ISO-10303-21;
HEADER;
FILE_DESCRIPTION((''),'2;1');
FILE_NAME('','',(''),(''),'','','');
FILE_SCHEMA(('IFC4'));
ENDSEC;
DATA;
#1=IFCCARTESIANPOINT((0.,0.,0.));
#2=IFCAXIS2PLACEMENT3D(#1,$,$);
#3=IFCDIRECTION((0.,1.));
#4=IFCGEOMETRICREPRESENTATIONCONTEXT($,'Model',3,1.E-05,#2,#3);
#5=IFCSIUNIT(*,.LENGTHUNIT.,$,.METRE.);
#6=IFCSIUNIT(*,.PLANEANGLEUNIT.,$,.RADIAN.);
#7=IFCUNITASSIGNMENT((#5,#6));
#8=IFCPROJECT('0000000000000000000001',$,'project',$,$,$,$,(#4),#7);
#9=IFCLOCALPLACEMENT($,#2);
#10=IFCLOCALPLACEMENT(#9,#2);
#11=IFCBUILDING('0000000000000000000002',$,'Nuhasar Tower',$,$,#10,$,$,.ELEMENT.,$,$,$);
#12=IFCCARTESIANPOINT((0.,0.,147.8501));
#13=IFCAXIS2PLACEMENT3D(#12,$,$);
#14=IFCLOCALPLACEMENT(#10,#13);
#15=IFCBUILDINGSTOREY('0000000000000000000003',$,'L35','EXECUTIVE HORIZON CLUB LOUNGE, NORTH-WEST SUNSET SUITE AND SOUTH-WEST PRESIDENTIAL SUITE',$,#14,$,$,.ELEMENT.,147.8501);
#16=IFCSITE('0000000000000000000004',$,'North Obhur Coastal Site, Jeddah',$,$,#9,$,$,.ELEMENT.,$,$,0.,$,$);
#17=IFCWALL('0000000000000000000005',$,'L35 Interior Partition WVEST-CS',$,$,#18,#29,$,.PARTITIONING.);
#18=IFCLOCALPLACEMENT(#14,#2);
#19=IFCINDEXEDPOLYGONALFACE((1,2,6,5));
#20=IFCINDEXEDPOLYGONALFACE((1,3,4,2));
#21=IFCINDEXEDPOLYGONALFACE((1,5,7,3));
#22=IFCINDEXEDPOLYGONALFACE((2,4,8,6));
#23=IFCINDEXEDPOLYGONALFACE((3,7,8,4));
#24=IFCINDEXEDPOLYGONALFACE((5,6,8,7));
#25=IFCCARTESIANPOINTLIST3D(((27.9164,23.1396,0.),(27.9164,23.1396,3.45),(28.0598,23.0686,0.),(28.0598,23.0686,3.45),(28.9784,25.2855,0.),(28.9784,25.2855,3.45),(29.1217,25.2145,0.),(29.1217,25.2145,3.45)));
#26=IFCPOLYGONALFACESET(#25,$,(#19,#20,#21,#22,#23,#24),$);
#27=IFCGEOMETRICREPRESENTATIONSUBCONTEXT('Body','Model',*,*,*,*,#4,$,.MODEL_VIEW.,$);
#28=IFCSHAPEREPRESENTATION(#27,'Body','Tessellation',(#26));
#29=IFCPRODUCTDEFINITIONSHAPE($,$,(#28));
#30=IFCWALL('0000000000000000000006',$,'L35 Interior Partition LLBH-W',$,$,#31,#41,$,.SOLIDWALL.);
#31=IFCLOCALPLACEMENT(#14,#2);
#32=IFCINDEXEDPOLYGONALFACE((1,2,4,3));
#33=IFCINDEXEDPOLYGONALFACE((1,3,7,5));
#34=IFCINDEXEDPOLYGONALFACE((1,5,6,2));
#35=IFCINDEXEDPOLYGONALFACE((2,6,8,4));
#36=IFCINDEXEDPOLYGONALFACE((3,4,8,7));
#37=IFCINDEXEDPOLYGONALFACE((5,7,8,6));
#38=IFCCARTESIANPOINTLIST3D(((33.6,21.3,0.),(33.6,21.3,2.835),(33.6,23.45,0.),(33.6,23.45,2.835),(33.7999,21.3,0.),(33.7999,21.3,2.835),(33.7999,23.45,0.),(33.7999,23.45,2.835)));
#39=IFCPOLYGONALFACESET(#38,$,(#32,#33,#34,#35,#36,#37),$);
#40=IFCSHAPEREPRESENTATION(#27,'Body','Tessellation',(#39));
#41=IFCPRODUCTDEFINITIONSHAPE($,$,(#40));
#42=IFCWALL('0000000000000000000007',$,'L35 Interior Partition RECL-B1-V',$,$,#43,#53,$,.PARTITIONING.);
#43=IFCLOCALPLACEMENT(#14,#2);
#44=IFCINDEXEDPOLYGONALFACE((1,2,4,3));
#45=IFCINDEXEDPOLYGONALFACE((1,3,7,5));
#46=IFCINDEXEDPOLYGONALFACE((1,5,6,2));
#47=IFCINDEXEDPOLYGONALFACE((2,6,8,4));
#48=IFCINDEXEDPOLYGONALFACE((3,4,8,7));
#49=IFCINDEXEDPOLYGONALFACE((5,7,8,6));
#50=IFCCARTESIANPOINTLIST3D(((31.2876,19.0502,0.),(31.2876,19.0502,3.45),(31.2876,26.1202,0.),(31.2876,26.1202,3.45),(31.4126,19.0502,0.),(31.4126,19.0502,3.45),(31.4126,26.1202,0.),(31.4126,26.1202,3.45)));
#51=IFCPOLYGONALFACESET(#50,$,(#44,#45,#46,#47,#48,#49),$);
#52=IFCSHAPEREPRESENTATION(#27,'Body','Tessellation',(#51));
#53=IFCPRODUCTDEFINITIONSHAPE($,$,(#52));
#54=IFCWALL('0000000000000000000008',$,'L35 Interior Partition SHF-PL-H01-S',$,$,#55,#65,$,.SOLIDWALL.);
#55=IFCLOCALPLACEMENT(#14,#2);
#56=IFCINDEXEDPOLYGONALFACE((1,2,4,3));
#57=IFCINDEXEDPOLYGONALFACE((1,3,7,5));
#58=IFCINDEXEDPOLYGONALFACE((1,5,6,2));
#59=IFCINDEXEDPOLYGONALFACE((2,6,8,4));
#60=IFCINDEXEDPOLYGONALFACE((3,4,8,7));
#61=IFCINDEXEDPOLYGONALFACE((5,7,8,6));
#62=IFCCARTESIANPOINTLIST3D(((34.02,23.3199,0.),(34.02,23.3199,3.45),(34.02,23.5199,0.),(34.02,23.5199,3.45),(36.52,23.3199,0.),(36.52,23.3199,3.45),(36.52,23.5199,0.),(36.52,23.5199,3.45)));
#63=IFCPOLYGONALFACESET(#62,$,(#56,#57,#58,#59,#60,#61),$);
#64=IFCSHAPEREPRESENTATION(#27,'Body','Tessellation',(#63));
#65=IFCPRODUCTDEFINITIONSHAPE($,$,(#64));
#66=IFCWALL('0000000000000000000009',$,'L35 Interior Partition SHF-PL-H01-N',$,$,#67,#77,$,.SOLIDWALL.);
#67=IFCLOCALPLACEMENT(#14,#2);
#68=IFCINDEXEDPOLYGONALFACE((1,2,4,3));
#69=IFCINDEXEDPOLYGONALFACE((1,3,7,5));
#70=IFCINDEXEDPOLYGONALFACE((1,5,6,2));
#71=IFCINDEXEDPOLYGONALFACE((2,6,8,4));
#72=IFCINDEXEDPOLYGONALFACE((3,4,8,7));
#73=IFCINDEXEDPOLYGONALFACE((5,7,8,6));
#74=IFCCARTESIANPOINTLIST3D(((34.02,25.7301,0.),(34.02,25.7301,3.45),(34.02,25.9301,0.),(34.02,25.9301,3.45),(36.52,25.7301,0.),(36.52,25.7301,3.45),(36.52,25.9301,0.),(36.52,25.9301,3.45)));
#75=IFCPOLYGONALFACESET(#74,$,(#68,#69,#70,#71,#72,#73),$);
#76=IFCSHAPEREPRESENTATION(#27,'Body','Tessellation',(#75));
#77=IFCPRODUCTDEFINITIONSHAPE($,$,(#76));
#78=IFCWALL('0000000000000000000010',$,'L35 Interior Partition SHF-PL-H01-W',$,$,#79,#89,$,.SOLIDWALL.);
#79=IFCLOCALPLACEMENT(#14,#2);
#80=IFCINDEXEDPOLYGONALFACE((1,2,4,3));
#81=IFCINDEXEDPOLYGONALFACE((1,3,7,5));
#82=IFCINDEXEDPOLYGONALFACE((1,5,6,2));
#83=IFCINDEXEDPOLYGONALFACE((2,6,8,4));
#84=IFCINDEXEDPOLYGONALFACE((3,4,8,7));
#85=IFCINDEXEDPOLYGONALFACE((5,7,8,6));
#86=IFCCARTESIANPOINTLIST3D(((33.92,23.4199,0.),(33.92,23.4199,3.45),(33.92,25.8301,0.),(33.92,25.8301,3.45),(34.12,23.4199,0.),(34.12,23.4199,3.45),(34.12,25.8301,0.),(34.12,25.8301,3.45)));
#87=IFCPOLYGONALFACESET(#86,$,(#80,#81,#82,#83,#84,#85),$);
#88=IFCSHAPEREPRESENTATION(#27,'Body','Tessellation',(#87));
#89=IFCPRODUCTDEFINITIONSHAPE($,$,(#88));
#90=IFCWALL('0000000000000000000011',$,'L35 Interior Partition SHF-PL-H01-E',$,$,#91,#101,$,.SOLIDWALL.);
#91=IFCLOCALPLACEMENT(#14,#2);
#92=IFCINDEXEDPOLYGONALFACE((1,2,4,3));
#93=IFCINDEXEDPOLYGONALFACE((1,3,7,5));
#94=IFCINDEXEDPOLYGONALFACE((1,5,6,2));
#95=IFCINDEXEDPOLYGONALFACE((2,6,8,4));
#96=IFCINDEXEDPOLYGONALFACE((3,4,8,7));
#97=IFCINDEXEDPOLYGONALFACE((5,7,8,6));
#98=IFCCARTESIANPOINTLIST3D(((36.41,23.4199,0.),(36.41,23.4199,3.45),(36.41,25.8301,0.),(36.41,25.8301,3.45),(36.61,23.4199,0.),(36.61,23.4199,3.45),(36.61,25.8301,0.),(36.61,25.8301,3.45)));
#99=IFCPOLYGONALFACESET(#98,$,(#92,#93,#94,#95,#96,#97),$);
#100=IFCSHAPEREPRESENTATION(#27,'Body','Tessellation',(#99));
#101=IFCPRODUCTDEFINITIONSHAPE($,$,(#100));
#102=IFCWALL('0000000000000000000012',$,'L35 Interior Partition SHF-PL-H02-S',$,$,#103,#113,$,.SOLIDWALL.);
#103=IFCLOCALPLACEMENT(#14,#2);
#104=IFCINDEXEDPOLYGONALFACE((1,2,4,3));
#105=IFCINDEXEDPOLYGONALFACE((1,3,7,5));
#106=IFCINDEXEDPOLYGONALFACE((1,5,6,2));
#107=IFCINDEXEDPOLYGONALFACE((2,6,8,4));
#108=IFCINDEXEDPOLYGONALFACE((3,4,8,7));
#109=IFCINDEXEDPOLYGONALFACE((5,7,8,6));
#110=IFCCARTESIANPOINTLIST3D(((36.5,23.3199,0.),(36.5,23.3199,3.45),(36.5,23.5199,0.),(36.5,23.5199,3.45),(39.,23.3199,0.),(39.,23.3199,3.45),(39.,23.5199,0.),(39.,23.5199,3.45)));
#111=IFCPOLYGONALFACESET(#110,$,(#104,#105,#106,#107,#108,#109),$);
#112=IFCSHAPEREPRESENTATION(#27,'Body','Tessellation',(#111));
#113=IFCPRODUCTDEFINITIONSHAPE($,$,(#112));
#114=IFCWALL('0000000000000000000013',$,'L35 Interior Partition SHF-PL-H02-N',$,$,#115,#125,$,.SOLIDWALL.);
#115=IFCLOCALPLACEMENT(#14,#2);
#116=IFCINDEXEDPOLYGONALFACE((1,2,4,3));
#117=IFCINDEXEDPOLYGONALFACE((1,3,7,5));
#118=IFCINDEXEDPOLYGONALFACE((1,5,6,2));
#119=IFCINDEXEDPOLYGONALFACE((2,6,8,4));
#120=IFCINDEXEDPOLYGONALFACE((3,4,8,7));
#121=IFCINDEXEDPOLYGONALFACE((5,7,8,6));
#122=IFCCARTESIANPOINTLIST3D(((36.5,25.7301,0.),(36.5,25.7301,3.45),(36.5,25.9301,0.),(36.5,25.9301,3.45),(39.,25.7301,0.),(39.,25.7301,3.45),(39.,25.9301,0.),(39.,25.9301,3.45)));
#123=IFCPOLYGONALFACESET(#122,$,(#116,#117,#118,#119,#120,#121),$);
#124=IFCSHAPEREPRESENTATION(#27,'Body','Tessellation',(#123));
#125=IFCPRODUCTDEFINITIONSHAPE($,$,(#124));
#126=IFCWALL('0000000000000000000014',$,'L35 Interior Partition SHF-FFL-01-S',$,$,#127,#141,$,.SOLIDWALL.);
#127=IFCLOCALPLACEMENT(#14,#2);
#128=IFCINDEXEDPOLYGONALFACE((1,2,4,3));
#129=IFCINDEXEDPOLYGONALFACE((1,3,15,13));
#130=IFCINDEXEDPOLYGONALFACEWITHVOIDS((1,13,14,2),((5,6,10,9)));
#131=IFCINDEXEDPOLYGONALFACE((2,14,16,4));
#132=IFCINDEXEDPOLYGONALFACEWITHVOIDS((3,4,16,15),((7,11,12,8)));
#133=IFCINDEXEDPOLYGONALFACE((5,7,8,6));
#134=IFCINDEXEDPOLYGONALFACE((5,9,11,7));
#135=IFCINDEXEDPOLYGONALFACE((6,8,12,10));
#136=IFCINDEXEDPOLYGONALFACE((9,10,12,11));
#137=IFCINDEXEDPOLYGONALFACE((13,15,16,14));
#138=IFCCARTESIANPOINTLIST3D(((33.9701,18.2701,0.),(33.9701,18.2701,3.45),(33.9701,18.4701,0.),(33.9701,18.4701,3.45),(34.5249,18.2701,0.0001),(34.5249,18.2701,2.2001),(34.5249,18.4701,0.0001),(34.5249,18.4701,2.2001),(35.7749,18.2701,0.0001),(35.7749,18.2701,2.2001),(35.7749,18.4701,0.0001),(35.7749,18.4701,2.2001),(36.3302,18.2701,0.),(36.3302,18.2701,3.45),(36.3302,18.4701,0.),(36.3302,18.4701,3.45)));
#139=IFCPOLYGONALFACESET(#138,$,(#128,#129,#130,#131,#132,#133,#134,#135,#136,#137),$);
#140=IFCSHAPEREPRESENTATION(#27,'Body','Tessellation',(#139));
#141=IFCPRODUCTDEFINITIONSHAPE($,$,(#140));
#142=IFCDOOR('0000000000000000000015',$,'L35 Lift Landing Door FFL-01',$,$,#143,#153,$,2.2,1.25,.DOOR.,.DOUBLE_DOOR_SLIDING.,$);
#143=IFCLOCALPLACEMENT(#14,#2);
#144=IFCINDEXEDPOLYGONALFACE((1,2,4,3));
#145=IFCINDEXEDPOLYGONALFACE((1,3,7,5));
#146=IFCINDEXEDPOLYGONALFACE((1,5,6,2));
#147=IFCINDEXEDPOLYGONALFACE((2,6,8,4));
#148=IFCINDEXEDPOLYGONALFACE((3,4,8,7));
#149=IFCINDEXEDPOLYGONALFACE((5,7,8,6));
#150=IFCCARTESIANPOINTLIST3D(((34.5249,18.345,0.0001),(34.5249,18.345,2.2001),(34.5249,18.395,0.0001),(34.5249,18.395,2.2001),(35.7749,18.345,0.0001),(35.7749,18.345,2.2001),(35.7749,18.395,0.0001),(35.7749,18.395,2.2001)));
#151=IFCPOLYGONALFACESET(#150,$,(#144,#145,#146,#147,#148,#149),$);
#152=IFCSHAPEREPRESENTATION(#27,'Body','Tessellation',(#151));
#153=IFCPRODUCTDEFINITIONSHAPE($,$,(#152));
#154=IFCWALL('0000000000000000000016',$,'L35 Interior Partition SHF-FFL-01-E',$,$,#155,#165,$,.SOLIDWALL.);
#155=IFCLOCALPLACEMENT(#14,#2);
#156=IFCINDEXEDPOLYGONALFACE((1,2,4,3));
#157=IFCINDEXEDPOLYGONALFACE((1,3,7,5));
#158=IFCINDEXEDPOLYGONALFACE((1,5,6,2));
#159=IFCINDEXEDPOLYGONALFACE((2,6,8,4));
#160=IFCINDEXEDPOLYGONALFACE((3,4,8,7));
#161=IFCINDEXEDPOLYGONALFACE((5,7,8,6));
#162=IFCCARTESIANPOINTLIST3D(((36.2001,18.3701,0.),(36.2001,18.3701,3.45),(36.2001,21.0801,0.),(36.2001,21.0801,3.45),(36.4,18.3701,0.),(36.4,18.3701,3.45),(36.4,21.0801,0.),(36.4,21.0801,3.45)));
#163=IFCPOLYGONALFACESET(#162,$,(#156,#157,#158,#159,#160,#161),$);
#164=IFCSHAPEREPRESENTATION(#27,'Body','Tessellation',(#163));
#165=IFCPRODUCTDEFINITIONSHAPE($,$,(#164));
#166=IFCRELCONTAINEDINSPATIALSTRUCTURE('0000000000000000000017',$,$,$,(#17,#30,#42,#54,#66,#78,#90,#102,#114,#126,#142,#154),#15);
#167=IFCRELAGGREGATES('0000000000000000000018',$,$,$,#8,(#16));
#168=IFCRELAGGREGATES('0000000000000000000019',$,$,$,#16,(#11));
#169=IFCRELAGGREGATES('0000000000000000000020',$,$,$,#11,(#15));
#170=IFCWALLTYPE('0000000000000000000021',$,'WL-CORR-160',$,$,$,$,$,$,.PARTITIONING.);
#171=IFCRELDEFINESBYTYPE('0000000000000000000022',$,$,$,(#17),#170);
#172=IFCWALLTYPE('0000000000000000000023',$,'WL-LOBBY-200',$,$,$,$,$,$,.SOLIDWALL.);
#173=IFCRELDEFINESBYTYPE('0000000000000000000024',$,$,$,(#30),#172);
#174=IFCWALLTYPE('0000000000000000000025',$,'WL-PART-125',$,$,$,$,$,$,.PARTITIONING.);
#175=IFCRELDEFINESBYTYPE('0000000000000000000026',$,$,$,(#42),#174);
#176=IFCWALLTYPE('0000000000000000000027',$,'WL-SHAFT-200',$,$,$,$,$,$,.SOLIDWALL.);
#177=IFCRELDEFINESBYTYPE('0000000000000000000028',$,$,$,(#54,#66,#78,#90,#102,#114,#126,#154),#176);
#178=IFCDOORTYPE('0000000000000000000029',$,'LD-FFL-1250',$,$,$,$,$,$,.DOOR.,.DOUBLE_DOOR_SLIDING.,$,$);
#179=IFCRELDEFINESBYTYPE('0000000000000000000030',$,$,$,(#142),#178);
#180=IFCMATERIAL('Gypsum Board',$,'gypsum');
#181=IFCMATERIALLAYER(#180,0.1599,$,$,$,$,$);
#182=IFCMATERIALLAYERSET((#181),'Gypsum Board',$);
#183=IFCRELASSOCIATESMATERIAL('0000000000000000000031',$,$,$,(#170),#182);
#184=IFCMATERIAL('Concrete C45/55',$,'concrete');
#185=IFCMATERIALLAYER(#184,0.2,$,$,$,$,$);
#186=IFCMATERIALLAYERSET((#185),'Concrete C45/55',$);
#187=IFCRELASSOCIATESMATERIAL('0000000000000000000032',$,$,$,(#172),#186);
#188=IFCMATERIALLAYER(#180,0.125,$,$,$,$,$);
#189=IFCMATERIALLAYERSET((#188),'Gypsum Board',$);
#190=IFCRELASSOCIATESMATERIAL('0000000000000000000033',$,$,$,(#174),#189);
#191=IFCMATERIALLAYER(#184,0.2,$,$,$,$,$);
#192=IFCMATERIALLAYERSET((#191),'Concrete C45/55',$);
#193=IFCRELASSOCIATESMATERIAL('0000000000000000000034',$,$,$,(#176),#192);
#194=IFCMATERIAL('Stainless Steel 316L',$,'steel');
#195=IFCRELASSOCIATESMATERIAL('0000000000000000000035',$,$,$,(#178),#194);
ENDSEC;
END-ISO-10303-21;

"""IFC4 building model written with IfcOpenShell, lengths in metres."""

from ifc_helpers import new_model, si_unit, direction, frame, frame_2d, origin, place, context, subcontext, project, spatial, rectangle, extrude, material, layer, layer_set, type_object, element, fill, save


model = new_model("IFC4")

# Units and contexts
model_context = context("Model", 3, precision=1e-05, world=origin(), true_north=direction((0.0, 1.0)))
body_context = subcontext(model_context, "Body", "Model", "MODEL_VIEW")
ifc_project = project(units=[si_unit("LENGTHUNIT", "METRE"), si_unit("PLANEANGLEUNIT", "RADIAN")], contexts=[model_context])

# Site, building, storey
site_placement = place(None, origin())
site = spatial("IfcSite", under=ifc_project, at=site_placement, Name="North Obhur Coastal Site, Jeddah", CompositionType="ELEMENT", RefElevation=0.0)
building_placement = place(site_placement, origin())
building = spatial("IfcBuilding", under=site, at=building_placement, Name="Nuhasar Tower", CompositionType="ELEMENT")
storey_placement = place(building_placement, frame((0.0, 0.0, 147.8501)))
storey = spatial("IfcBuildingStorey", under=building, at=storey_placement, Name="L35", Description="EXECUTIVE HORIZON CLUB LOUNGE, NORTH-WEST SUNSET SUITE AND SOUTH-WEST PRESIDENTIAL SUITE", CompositionType="ELEMENT", Elevation=147.8501)

# Shared definitions
ifc_material_1 = material(Name="Gypsum Board", Category="gypsum")
ifc_layer_1 = layer(ifc_material_1, 0.1599)
ifc_layer_set_1 = layer_set([ifc_layer_1], Name="Gypsum Board")
wall_type_1 = type_object("IfcWallType", Name="WL-CORR-160", PredefinedType="PARTITIONING", material=ifc_layer_set_1)

# Walls
wall_1_placement = place(storey_placement, frame((27.988, 23.104, 0.0), z_axis=(0.0, 0.0, 1.0), x_axis=(0.443539, 0.896255, 0.0)))
element("IfcWall", 1, at=wall_1_placement, inside=storey, type_object=wall_type_1, Name="L35 Interior Partition WVEST-CS", PredefinedType="PARTITIONING", context=body_context, shape_type="SweptSolid", body=[
    extrude(rectangle(XDim=2.3943, YDim=0.1599, at=frame_2d((1.1973, 0.0))), origin(), (0.0, 0.0, 1.0), 3.45),
])
ifc_material_2 = material(Name="Concrete C45/55", Category="concrete")
ifc_layer_2 = layer(ifc_material_2, 0.2)
ifc_layer_set_2 = layer_set([ifc_layer_2], Name="Concrete C45/55")
wall_type_2 = type_object("IfcWallType", Name="WL-LOBBY-200", PredefinedType="SOLIDWALL", material=ifc_layer_set_2)
wall_2_placement = place(storey_placement, frame((33.7, 21.3, 0.0), z_axis=(0.0, 0.0, 1.0), x_axis=(0.0, 1.0, 0.0)))
element("IfcWall", 2, at=wall_2_placement, inside=storey, type_object=wall_type_2, Name="L35 Interior Partition LLBH-W", PredefinedType="SOLIDWALL", context=body_context, shape_type="SweptSolid", body=[
    extrude(rectangle(XDim=2.1499, YDim=0.2, at=frame_2d((1.075, 0.0))), origin(), (0.0, 0.0, 1.0), 2.835),
])
ifc_layer_3 = layer(ifc_material_1, 0.125)
ifc_layer_set_3 = layer_set([ifc_layer_3], Name="Gypsum Board")
wall_type_3 = type_object("IfcWallType", Name="WL-PART-125", PredefinedType="PARTITIONING", material=ifc_layer_set_3)
wall_3_placement = place(storey_placement, frame((31.3501, 19.05, 0.0), z_axis=(0.0, 0.0, 1.0), x_axis=(0.0, 1.0, 0.0)))
element("IfcWall", 3, at=wall_3_placement, inside=storey, type_object=wall_type_3, Name="L35 Interior Partition RECL-B1-V", PredefinedType="PARTITIONING", context=body_context, shape_type="SweptSolid", body=[
    extrude(rectangle(XDim=7.0701, YDim=0.125, at=frame_2d((3.5352, 0.0))), origin(), (0.0, 0.0, 1.0), 3.45),
])
ifc_layer_4 = layer(ifc_material_2, 0.2)
ifc_layer_set_4 = layer_set([ifc_layer_4], Name="Concrete C45/55")
wall_type_4 = type_object("IfcWallType", Name="WL-SHAFT-200", PredefinedType="SOLIDWALL", material=ifc_layer_set_4)
for number, where, z_axis, x_axis, name in (
    (4, (34.02, 23.4199, 0.0), (0.0, 0.0, 1.0), (1.0, 0.0, 0.0), "L35 Interior Partition SHF-PL-H01-S"),
    (5, (34.02, 25.8301, 0.0), (0.0, 0.0, 1.0), (1.0, 0.0, 0.0), "L35 Interior Partition SHF-PL-H01-N"),
):
    element("IfcWall", number, at=place(storey_placement, frame(where, z_axis=z_axis, x_axis=x_axis)), inside=storey, type_object=wall_type_4, Name=name, PredefinedType="SOLIDWALL", context=body_context, shape_type="SweptSolid", body=[
        extrude(rectangle(XDim=2.5, YDim=0.2, at=frame_2d((1.25, 0.0))), origin(), (0.0, 0.0, 1.0), 3.45),
    ])
for number, where, z_axis, x_axis, name in (
    (6, (34.02, 23.4199, 0.0), (0.0, 0.0, 1.0), (0.0, 1.0, 0.0), "L35 Interior Partition SHF-PL-H01-W"),
    (7, (36.51, 23.4199, 0.0), (0.0, 0.0, 1.0), (0.0, 1.0, 0.0), "L35 Interior Partition SHF-PL-H01-E"),
):
    element("IfcWall", number, at=place(storey_placement, frame(where, z_axis=z_axis, x_axis=x_axis)), inside=storey, type_object=wall_type_4, Name=name, PredefinedType="SOLIDWALL", context=body_context, shape_type="SweptSolid", body=[
        extrude(rectangle(XDim=2.4102, YDim=0.2, at=frame_2d((1.2051, 0.0))), origin(), (0.0, 0.0, 1.0), 3.45),
    ])
for number, where, z_axis, x_axis, name in (
    (8, (36.5, 23.4199, 0.0), (0.0, 0.0, 1.0), (1.0, 0.0, 0.0), "L35 Interior Partition SHF-PL-H02-S"),
    (9, (36.5, 25.8301, 0.0), (0.0, 0.0, 1.0), (1.0, 0.0, 0.0), "L35 Interior Partition SHF-PL-H02-N"),
):
    element("IfcWall", number, at=place(storey_placement, frame(where, z_axis=z_axis, x_axis=x_axis)), inside=storey, type_object=wall_type_4, Name=name, PredefinedType="SOLIDWALL", context=body_context, shape_type="SweptSolid", body=[
        extrude(rectangle(XDim=2.5, YDim=0.2, at=frame_2d((1.25, 0.0))), origin(), (0.0, 0.0, 1.0), 3.45),
    ])

# Wall, opening, door
wall_4_placement = place(storey_placement, frame((33.97, 18.3701, 0.0), z_axis=(0.0, 0.0, 1.0), x_axis=(1.0, 0.0, 0.0)))
wall_4 = element("IfcWall", 10, at=wall_4_placement, inside=storey, type_object=wall_type_4, Name="L35 Interior Partition SHF-FFL-01-S", PredefinedType="SOLIDWALL", context=body_context, shape_type="SweptSolid", body=[
    extrude(rectangle(XDim=2.3601, YDim=0.2, at=frame_2d((1.1802, 0.0))), origin(), (0.0, 0.0, 1.0), 3.45),
])
opening_1_placement = place(wall_4_placement, frame((0.5549, 0.0, 0.0)))
opening_1 = element("IfcOpeningElement", 11, at=opening_1_placement, cuts=wall_4, PredefinedType="OPENING", context=body_context, shape_type="SweptSolid", body=[
    extrude(rectangle(XDim=1.25, YDim=2.2, at=frame_2d((0.625, 1.1001))), frame((0.0, 0.1099, 0.0), z_axis=(0.0, -1.0, 0.0), x_axis=(1.0, 0.0, 0.0)), (0.0, 0.0, 1.0), 0.22),
])
ifc_material_3 = material(Name="Stainless Steel 316L", Category="steel")
door_type_1 = type_object("IfcDoorType", Name="LD-FFL-1250", OperationType="DOUBLE_DOOR_SLIDING", PredefinedType="DOOR", material=ifc_material_3)
door_1_placement = place(opening_1_placement, origin())
door_1 = element("IfcDoor", 12, at=door_1_placement, inside=storey, type_object=door_type_1, Name="L35 Lift Landing Door FFL-01", OperationType="DOUBLE_DOOR_SLIDING", OverallHeight=2.2, OverallWidth=1.25, PredefinedType="DOOR", context=body_context, shape_type="SweptSolid", body=[
    extrude(rectangle(XDim=1.25, YDim=2.2, at=frame_2d((0.625, 1.1001))), frame((0.0, 0.0249, 0.0), z_axis=(0.0, -1.0, 0.0), x_axis=(1.0, 0.0, 0.0)), (0.0, 0.0, 1.0), 0.05),
])
fill(opening_1, door_1)

# Wall
wall_5_placement = place(storey_placement, frame((36.3, 18.3701, 0.0), z_axis=(0.0, 0.0, 1.0), x_axis=(0.0, 1.0, 0.0)))
element("IfcWall", 13, at=wall_5_placement, inside=storey, type_object=wall_type_4, Name="L35 Interior Partition SHF-FFL-01-E", PredefinedType="SOLIDWALL", context=body_context, shape_type="SweptSolid", body=[
    extrude(rectangle(XDim=2.71, YDim=0.2, at=frame_2d((1.355, 0.0))), origin(), (0.0, 0.0, 1.0), 3.45),
])

save(model, "model.ifc")
